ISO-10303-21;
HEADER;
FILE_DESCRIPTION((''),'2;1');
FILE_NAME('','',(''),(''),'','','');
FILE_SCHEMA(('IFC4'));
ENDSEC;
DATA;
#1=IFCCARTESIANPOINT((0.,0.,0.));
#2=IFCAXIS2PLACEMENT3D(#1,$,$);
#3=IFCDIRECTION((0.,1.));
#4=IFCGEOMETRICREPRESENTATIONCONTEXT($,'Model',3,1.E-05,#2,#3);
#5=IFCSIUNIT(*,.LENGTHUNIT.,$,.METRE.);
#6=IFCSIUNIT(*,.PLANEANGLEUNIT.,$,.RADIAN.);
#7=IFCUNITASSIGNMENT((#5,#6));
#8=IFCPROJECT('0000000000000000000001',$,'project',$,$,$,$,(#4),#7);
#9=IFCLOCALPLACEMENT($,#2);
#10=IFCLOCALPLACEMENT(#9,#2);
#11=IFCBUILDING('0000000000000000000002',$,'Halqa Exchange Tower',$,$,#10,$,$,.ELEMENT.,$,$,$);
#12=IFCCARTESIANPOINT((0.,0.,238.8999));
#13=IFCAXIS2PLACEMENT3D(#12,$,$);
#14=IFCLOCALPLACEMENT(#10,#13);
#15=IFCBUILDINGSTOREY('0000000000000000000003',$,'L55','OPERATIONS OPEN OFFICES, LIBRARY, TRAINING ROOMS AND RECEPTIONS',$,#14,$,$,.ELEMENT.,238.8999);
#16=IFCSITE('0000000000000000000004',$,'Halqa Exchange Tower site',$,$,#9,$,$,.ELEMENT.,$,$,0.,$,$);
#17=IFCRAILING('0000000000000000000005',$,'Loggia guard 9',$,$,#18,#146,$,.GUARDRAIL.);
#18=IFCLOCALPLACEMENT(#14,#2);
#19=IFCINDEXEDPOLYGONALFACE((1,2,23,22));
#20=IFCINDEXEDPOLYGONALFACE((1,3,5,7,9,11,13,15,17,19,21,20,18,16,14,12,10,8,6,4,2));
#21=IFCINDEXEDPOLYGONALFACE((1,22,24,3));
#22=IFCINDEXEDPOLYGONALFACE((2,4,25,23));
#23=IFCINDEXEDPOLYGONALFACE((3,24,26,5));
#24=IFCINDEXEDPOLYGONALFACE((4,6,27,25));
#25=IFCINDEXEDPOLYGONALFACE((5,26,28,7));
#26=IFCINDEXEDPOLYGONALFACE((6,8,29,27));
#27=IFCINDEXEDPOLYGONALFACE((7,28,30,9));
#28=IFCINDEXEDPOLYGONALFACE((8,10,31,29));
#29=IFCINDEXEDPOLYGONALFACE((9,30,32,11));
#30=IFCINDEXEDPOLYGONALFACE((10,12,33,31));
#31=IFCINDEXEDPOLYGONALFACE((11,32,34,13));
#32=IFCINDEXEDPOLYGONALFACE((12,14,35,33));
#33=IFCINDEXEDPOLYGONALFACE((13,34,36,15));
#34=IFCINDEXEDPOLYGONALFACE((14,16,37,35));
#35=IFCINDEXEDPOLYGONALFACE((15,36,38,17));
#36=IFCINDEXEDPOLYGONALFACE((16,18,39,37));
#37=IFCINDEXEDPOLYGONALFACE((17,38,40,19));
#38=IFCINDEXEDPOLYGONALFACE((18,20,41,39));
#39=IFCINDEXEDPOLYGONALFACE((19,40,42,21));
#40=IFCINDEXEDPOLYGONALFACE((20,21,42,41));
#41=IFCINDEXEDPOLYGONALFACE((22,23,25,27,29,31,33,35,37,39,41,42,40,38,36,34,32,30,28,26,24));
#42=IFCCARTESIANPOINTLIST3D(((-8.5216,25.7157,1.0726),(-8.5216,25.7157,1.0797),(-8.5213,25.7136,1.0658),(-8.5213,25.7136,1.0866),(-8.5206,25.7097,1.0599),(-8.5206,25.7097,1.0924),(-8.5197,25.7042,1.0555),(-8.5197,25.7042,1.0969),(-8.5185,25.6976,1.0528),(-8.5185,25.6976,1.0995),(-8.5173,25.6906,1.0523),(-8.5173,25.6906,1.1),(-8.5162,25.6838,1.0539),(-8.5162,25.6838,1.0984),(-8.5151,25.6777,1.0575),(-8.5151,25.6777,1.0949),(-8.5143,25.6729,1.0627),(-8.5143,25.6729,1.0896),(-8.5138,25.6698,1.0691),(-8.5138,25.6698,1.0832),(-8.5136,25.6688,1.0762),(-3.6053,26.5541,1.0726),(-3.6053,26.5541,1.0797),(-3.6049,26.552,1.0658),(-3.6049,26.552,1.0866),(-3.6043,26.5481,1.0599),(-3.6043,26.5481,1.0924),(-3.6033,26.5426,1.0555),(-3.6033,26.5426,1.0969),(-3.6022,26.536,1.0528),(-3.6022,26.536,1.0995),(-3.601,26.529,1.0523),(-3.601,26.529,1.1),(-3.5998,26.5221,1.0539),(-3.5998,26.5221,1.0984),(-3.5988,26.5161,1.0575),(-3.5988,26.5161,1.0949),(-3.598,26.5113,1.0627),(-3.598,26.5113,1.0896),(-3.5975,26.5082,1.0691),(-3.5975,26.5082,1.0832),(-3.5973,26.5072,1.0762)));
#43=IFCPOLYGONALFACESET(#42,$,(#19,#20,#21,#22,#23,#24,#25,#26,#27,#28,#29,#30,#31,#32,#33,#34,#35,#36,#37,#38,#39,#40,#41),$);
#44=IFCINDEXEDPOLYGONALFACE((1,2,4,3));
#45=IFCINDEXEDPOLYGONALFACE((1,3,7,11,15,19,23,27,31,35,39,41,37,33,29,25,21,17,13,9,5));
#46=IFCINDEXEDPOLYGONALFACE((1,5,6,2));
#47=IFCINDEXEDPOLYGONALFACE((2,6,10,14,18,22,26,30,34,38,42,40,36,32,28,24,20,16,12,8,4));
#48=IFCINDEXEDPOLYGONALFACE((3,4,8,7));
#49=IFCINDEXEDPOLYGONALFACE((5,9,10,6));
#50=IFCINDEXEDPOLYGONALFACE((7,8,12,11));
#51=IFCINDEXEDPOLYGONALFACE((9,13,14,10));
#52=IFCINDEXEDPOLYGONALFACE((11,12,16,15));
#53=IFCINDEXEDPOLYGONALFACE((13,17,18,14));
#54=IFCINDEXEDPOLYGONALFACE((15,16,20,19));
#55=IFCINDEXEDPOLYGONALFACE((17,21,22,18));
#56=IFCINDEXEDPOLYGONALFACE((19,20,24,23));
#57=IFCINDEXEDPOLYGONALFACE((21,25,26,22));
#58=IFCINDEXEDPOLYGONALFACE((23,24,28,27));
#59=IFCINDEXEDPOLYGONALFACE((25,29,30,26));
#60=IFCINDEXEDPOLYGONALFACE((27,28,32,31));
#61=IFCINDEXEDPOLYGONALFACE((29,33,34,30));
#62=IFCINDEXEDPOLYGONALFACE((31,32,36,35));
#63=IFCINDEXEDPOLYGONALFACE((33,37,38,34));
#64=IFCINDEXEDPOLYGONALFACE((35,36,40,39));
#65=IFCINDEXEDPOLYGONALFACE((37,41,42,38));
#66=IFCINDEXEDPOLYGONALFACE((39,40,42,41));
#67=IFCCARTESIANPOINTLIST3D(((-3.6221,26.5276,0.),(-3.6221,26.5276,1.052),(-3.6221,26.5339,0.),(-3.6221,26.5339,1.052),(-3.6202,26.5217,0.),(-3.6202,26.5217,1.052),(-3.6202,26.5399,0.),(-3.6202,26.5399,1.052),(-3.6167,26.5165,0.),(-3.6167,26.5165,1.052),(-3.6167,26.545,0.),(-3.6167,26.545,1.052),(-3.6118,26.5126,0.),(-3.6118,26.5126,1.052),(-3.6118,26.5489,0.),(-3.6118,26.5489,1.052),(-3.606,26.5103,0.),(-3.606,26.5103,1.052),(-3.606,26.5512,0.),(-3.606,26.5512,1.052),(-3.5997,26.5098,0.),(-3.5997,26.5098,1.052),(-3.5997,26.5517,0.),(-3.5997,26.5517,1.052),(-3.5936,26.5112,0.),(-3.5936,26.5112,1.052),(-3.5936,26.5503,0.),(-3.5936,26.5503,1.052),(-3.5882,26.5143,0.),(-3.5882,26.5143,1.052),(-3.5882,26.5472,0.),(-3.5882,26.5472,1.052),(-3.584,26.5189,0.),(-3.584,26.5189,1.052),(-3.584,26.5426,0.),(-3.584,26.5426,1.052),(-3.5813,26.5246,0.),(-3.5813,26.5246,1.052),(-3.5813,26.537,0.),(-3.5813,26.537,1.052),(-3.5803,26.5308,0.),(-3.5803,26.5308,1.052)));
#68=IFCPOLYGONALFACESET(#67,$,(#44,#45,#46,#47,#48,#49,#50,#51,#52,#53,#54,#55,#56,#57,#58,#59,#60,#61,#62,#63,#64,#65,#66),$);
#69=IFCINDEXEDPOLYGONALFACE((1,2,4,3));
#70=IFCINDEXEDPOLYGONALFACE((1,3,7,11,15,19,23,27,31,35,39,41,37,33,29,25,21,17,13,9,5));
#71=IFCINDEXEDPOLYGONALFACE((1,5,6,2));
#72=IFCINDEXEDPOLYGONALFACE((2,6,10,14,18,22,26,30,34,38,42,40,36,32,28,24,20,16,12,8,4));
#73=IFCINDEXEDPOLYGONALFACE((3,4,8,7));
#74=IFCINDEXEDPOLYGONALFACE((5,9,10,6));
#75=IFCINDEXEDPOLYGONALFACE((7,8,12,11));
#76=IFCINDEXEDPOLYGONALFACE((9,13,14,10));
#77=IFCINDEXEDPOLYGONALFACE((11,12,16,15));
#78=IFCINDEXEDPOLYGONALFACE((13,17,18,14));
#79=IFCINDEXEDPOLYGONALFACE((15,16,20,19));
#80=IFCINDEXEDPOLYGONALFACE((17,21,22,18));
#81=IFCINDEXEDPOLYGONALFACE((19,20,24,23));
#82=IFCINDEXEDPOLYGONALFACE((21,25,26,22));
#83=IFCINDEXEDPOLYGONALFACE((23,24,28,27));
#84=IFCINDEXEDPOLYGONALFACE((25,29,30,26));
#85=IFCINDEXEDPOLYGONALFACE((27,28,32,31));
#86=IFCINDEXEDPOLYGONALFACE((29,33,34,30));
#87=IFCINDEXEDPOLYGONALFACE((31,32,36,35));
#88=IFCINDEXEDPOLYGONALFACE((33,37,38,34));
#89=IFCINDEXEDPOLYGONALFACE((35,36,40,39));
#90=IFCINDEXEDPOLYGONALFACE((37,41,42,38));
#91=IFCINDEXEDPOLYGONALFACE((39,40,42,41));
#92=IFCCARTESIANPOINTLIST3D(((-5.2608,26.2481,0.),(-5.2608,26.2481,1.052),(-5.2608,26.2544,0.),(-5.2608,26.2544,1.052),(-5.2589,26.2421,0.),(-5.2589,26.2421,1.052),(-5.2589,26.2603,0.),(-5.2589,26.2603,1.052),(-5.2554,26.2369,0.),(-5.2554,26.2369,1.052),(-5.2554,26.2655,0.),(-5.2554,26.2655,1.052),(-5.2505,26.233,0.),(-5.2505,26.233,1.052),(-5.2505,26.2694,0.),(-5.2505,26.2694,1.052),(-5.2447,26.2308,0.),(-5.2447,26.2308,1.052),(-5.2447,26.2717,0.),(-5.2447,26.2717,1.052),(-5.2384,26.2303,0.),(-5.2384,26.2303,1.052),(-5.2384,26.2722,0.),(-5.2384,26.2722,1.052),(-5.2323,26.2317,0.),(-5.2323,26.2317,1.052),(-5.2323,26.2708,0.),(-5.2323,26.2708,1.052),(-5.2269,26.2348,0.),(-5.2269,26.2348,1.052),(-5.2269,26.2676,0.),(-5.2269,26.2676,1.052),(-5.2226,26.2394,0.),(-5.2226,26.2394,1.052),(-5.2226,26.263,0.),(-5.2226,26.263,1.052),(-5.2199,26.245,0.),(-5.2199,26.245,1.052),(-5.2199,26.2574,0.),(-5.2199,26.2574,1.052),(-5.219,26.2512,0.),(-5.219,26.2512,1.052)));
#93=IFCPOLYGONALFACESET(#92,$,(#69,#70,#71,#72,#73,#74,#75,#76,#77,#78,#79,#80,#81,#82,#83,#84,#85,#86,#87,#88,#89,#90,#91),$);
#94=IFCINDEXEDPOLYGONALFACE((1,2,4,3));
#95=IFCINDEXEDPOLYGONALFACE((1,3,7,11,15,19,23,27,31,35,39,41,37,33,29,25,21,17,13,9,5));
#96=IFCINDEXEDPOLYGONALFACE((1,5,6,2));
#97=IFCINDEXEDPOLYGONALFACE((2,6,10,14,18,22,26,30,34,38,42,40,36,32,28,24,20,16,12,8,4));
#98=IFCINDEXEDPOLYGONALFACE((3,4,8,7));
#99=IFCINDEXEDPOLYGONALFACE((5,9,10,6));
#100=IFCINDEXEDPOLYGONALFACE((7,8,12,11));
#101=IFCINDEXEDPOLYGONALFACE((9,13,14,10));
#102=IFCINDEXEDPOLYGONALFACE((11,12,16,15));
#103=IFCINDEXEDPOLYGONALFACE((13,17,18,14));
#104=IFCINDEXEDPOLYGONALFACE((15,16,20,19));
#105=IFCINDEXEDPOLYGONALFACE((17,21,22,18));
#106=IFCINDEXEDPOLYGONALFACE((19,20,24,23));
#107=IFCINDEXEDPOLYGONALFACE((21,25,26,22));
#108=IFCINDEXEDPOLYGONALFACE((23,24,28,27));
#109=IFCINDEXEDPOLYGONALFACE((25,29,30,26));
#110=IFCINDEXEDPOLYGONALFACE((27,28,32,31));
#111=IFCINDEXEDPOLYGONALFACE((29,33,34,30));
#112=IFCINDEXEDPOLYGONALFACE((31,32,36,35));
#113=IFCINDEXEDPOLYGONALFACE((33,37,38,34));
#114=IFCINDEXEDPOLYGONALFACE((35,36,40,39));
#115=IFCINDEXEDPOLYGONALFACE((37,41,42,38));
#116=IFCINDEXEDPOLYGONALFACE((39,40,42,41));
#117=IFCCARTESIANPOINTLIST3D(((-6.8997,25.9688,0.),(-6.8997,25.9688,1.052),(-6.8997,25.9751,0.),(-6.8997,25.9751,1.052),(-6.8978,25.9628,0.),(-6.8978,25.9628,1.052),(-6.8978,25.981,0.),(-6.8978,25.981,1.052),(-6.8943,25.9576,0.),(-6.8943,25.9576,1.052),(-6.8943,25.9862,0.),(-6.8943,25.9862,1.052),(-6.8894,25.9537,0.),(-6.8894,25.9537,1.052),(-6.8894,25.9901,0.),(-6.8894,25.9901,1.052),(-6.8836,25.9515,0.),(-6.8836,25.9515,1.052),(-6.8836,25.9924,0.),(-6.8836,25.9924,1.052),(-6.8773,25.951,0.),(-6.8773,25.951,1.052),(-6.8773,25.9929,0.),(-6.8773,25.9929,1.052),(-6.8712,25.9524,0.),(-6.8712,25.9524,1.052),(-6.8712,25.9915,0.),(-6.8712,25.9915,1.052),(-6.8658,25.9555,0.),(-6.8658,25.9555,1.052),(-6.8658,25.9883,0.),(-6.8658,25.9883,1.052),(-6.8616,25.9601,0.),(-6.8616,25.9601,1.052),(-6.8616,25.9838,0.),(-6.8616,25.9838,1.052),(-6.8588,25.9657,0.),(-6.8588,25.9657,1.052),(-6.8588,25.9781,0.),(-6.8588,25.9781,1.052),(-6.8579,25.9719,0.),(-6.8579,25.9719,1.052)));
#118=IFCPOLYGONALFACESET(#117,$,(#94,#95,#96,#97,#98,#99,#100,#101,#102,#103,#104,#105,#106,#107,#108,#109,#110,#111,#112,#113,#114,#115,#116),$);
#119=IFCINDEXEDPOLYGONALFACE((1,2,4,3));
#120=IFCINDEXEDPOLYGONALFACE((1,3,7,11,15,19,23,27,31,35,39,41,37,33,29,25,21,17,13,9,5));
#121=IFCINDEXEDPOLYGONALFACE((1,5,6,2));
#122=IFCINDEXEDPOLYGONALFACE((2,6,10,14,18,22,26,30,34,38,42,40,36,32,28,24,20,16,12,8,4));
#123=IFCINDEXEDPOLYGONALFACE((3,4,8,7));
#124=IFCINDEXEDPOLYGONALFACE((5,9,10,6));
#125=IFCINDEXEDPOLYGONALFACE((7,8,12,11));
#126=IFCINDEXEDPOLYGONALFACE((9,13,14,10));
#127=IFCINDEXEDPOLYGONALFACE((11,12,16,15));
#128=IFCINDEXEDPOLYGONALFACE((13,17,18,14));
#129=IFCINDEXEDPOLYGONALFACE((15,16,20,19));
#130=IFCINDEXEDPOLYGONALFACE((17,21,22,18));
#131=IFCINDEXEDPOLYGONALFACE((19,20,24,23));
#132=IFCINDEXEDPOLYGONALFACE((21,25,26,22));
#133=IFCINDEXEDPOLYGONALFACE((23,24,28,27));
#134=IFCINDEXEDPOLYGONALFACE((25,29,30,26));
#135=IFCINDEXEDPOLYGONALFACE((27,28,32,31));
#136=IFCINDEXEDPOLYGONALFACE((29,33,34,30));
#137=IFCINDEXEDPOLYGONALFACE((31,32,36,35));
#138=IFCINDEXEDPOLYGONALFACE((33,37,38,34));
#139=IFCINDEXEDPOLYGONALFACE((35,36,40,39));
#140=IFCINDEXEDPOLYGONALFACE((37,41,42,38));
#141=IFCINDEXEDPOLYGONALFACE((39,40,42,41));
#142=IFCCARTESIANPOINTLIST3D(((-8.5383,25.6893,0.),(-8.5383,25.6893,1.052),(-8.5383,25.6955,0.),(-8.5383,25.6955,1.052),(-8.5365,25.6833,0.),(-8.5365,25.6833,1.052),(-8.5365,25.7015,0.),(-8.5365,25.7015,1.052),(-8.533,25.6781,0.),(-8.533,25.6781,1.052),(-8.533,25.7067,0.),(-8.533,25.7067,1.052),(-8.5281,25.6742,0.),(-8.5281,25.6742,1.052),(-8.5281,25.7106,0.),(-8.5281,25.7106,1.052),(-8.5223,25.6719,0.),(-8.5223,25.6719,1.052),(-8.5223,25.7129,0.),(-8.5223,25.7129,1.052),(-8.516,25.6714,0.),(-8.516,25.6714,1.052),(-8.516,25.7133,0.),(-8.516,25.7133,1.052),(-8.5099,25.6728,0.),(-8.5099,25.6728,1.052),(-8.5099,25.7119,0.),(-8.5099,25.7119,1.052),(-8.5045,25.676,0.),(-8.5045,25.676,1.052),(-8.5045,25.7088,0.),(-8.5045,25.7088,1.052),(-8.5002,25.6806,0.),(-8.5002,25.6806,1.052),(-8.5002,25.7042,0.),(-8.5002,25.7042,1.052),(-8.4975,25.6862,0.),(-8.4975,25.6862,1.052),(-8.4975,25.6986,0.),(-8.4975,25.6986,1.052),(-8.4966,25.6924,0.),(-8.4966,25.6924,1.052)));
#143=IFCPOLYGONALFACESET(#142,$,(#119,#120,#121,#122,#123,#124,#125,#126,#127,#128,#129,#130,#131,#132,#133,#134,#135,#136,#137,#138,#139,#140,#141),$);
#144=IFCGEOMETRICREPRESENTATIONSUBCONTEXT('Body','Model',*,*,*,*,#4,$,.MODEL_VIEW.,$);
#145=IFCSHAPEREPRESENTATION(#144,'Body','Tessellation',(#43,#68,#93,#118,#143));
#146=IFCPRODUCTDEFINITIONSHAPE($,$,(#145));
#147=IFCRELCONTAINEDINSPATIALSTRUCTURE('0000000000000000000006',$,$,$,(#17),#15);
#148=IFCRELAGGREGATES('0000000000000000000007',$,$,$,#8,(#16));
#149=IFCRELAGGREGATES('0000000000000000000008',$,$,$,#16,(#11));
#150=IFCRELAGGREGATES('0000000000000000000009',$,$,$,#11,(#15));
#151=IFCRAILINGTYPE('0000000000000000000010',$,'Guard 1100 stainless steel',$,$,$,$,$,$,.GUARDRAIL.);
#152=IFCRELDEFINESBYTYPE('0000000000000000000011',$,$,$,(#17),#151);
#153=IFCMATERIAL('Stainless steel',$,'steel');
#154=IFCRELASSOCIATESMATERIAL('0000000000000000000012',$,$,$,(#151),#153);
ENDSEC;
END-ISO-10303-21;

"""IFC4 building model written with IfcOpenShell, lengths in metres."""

from ifc_helpers import new_model, si_unit, direction, frame, origin, origin_2d, place, context, subcontext, project, spatial, circle, extrude, material, type_object, element, save


model = new_model("IFC4")

# Units and contexts
model_context = context("Model", 3, precision=1e-05, world=origin(), true_north=direction((0.0, 1.0)))
body_context = subcontext(model_context, "Body", "Model", "MODEL_VIEW")
ifc_project = project(units=[si_unit("LENGTHUNIT", "METRE"), si_unit("PLANEANGLEUNIT", "RADIAN")], contexts=[model_context])

# Site, building, storey
site_placement = place(None, origin())
site = spatial("IfcSite", under=ifc_project, at=site_placement, Name="Halqa Exchange Tower site", CompositionType="ELEMENT", RefElevation=0.0)
building_placement = place(site_placement, origin())
building = spatial("IfcBuilding", under=site, at=building_placement, Name="Halqa Exchange Tower", CompositionType="ELEMENT")
storey_placement = place(building_placement, frame((0.0, 0.0, 238.8999)))
storey = spatial("IfcBuildingStorey", under=building, at=storey_placement, Name="L55", Description="OPERATIONS OPEN OFFICES, LIBRARY, TRAINING ROOMS AND RECEPTIONS", CompositionType="ELEMENT", Elevation=238.8999)

# Railing
ifc_material_1 = material(Name="Stainless steel", Category="steel")
railing_type_1 = type_object("IfcRailingType", Name="Guard 1100 stainless steel", PredefinedType="GUARDRAIL", material=ifc_material_1)
railing_1_placement = place(storey_placement, frame((-3.6013, 26.5308, 0.0)))
element("IfcRailing", 1, at=railing_1_placement, inside=storey, type_object=railing_type_1, Name="Loggia guard 9", PredefinedType="GUARDRAIL", context=body_context, shape_type="SweptSolid", body=[
    extrude(circle(Radius=0.0239, at=origin_2d()), frame((0.0, 0.0, 1.0762), z_axis=(-0.985769, -0.168105, 0.0), x_axis=(0.168105, -0.985769, 0.0)), (0.0, 0.0, 1.0), 4.9873),
    extrude(circle(Radius=0.021, at=origin_2d()), origin(), (0.0, 0.0, 1.0), 1.052),
    extrude(circle(Radius=0.021, at=origin_2d()), frame((-1.6387, -0.2795, 0.0)), (0.0, 0.0, 1.0), 1.052),
    extrude(circle(Radius=0.021, at=origin_2d()), frame((-3.2776, -0.5588, 0.0)), (0.0, 0.0, 1.0), 1.052),
    extrude(circle(Radius=0.021, at=origin_2d()), frame((-4.9163, -0.8384, 0.0)), (0.0, 0.0, 1.0), 1.052),
])

save(model, "model.ifc")
